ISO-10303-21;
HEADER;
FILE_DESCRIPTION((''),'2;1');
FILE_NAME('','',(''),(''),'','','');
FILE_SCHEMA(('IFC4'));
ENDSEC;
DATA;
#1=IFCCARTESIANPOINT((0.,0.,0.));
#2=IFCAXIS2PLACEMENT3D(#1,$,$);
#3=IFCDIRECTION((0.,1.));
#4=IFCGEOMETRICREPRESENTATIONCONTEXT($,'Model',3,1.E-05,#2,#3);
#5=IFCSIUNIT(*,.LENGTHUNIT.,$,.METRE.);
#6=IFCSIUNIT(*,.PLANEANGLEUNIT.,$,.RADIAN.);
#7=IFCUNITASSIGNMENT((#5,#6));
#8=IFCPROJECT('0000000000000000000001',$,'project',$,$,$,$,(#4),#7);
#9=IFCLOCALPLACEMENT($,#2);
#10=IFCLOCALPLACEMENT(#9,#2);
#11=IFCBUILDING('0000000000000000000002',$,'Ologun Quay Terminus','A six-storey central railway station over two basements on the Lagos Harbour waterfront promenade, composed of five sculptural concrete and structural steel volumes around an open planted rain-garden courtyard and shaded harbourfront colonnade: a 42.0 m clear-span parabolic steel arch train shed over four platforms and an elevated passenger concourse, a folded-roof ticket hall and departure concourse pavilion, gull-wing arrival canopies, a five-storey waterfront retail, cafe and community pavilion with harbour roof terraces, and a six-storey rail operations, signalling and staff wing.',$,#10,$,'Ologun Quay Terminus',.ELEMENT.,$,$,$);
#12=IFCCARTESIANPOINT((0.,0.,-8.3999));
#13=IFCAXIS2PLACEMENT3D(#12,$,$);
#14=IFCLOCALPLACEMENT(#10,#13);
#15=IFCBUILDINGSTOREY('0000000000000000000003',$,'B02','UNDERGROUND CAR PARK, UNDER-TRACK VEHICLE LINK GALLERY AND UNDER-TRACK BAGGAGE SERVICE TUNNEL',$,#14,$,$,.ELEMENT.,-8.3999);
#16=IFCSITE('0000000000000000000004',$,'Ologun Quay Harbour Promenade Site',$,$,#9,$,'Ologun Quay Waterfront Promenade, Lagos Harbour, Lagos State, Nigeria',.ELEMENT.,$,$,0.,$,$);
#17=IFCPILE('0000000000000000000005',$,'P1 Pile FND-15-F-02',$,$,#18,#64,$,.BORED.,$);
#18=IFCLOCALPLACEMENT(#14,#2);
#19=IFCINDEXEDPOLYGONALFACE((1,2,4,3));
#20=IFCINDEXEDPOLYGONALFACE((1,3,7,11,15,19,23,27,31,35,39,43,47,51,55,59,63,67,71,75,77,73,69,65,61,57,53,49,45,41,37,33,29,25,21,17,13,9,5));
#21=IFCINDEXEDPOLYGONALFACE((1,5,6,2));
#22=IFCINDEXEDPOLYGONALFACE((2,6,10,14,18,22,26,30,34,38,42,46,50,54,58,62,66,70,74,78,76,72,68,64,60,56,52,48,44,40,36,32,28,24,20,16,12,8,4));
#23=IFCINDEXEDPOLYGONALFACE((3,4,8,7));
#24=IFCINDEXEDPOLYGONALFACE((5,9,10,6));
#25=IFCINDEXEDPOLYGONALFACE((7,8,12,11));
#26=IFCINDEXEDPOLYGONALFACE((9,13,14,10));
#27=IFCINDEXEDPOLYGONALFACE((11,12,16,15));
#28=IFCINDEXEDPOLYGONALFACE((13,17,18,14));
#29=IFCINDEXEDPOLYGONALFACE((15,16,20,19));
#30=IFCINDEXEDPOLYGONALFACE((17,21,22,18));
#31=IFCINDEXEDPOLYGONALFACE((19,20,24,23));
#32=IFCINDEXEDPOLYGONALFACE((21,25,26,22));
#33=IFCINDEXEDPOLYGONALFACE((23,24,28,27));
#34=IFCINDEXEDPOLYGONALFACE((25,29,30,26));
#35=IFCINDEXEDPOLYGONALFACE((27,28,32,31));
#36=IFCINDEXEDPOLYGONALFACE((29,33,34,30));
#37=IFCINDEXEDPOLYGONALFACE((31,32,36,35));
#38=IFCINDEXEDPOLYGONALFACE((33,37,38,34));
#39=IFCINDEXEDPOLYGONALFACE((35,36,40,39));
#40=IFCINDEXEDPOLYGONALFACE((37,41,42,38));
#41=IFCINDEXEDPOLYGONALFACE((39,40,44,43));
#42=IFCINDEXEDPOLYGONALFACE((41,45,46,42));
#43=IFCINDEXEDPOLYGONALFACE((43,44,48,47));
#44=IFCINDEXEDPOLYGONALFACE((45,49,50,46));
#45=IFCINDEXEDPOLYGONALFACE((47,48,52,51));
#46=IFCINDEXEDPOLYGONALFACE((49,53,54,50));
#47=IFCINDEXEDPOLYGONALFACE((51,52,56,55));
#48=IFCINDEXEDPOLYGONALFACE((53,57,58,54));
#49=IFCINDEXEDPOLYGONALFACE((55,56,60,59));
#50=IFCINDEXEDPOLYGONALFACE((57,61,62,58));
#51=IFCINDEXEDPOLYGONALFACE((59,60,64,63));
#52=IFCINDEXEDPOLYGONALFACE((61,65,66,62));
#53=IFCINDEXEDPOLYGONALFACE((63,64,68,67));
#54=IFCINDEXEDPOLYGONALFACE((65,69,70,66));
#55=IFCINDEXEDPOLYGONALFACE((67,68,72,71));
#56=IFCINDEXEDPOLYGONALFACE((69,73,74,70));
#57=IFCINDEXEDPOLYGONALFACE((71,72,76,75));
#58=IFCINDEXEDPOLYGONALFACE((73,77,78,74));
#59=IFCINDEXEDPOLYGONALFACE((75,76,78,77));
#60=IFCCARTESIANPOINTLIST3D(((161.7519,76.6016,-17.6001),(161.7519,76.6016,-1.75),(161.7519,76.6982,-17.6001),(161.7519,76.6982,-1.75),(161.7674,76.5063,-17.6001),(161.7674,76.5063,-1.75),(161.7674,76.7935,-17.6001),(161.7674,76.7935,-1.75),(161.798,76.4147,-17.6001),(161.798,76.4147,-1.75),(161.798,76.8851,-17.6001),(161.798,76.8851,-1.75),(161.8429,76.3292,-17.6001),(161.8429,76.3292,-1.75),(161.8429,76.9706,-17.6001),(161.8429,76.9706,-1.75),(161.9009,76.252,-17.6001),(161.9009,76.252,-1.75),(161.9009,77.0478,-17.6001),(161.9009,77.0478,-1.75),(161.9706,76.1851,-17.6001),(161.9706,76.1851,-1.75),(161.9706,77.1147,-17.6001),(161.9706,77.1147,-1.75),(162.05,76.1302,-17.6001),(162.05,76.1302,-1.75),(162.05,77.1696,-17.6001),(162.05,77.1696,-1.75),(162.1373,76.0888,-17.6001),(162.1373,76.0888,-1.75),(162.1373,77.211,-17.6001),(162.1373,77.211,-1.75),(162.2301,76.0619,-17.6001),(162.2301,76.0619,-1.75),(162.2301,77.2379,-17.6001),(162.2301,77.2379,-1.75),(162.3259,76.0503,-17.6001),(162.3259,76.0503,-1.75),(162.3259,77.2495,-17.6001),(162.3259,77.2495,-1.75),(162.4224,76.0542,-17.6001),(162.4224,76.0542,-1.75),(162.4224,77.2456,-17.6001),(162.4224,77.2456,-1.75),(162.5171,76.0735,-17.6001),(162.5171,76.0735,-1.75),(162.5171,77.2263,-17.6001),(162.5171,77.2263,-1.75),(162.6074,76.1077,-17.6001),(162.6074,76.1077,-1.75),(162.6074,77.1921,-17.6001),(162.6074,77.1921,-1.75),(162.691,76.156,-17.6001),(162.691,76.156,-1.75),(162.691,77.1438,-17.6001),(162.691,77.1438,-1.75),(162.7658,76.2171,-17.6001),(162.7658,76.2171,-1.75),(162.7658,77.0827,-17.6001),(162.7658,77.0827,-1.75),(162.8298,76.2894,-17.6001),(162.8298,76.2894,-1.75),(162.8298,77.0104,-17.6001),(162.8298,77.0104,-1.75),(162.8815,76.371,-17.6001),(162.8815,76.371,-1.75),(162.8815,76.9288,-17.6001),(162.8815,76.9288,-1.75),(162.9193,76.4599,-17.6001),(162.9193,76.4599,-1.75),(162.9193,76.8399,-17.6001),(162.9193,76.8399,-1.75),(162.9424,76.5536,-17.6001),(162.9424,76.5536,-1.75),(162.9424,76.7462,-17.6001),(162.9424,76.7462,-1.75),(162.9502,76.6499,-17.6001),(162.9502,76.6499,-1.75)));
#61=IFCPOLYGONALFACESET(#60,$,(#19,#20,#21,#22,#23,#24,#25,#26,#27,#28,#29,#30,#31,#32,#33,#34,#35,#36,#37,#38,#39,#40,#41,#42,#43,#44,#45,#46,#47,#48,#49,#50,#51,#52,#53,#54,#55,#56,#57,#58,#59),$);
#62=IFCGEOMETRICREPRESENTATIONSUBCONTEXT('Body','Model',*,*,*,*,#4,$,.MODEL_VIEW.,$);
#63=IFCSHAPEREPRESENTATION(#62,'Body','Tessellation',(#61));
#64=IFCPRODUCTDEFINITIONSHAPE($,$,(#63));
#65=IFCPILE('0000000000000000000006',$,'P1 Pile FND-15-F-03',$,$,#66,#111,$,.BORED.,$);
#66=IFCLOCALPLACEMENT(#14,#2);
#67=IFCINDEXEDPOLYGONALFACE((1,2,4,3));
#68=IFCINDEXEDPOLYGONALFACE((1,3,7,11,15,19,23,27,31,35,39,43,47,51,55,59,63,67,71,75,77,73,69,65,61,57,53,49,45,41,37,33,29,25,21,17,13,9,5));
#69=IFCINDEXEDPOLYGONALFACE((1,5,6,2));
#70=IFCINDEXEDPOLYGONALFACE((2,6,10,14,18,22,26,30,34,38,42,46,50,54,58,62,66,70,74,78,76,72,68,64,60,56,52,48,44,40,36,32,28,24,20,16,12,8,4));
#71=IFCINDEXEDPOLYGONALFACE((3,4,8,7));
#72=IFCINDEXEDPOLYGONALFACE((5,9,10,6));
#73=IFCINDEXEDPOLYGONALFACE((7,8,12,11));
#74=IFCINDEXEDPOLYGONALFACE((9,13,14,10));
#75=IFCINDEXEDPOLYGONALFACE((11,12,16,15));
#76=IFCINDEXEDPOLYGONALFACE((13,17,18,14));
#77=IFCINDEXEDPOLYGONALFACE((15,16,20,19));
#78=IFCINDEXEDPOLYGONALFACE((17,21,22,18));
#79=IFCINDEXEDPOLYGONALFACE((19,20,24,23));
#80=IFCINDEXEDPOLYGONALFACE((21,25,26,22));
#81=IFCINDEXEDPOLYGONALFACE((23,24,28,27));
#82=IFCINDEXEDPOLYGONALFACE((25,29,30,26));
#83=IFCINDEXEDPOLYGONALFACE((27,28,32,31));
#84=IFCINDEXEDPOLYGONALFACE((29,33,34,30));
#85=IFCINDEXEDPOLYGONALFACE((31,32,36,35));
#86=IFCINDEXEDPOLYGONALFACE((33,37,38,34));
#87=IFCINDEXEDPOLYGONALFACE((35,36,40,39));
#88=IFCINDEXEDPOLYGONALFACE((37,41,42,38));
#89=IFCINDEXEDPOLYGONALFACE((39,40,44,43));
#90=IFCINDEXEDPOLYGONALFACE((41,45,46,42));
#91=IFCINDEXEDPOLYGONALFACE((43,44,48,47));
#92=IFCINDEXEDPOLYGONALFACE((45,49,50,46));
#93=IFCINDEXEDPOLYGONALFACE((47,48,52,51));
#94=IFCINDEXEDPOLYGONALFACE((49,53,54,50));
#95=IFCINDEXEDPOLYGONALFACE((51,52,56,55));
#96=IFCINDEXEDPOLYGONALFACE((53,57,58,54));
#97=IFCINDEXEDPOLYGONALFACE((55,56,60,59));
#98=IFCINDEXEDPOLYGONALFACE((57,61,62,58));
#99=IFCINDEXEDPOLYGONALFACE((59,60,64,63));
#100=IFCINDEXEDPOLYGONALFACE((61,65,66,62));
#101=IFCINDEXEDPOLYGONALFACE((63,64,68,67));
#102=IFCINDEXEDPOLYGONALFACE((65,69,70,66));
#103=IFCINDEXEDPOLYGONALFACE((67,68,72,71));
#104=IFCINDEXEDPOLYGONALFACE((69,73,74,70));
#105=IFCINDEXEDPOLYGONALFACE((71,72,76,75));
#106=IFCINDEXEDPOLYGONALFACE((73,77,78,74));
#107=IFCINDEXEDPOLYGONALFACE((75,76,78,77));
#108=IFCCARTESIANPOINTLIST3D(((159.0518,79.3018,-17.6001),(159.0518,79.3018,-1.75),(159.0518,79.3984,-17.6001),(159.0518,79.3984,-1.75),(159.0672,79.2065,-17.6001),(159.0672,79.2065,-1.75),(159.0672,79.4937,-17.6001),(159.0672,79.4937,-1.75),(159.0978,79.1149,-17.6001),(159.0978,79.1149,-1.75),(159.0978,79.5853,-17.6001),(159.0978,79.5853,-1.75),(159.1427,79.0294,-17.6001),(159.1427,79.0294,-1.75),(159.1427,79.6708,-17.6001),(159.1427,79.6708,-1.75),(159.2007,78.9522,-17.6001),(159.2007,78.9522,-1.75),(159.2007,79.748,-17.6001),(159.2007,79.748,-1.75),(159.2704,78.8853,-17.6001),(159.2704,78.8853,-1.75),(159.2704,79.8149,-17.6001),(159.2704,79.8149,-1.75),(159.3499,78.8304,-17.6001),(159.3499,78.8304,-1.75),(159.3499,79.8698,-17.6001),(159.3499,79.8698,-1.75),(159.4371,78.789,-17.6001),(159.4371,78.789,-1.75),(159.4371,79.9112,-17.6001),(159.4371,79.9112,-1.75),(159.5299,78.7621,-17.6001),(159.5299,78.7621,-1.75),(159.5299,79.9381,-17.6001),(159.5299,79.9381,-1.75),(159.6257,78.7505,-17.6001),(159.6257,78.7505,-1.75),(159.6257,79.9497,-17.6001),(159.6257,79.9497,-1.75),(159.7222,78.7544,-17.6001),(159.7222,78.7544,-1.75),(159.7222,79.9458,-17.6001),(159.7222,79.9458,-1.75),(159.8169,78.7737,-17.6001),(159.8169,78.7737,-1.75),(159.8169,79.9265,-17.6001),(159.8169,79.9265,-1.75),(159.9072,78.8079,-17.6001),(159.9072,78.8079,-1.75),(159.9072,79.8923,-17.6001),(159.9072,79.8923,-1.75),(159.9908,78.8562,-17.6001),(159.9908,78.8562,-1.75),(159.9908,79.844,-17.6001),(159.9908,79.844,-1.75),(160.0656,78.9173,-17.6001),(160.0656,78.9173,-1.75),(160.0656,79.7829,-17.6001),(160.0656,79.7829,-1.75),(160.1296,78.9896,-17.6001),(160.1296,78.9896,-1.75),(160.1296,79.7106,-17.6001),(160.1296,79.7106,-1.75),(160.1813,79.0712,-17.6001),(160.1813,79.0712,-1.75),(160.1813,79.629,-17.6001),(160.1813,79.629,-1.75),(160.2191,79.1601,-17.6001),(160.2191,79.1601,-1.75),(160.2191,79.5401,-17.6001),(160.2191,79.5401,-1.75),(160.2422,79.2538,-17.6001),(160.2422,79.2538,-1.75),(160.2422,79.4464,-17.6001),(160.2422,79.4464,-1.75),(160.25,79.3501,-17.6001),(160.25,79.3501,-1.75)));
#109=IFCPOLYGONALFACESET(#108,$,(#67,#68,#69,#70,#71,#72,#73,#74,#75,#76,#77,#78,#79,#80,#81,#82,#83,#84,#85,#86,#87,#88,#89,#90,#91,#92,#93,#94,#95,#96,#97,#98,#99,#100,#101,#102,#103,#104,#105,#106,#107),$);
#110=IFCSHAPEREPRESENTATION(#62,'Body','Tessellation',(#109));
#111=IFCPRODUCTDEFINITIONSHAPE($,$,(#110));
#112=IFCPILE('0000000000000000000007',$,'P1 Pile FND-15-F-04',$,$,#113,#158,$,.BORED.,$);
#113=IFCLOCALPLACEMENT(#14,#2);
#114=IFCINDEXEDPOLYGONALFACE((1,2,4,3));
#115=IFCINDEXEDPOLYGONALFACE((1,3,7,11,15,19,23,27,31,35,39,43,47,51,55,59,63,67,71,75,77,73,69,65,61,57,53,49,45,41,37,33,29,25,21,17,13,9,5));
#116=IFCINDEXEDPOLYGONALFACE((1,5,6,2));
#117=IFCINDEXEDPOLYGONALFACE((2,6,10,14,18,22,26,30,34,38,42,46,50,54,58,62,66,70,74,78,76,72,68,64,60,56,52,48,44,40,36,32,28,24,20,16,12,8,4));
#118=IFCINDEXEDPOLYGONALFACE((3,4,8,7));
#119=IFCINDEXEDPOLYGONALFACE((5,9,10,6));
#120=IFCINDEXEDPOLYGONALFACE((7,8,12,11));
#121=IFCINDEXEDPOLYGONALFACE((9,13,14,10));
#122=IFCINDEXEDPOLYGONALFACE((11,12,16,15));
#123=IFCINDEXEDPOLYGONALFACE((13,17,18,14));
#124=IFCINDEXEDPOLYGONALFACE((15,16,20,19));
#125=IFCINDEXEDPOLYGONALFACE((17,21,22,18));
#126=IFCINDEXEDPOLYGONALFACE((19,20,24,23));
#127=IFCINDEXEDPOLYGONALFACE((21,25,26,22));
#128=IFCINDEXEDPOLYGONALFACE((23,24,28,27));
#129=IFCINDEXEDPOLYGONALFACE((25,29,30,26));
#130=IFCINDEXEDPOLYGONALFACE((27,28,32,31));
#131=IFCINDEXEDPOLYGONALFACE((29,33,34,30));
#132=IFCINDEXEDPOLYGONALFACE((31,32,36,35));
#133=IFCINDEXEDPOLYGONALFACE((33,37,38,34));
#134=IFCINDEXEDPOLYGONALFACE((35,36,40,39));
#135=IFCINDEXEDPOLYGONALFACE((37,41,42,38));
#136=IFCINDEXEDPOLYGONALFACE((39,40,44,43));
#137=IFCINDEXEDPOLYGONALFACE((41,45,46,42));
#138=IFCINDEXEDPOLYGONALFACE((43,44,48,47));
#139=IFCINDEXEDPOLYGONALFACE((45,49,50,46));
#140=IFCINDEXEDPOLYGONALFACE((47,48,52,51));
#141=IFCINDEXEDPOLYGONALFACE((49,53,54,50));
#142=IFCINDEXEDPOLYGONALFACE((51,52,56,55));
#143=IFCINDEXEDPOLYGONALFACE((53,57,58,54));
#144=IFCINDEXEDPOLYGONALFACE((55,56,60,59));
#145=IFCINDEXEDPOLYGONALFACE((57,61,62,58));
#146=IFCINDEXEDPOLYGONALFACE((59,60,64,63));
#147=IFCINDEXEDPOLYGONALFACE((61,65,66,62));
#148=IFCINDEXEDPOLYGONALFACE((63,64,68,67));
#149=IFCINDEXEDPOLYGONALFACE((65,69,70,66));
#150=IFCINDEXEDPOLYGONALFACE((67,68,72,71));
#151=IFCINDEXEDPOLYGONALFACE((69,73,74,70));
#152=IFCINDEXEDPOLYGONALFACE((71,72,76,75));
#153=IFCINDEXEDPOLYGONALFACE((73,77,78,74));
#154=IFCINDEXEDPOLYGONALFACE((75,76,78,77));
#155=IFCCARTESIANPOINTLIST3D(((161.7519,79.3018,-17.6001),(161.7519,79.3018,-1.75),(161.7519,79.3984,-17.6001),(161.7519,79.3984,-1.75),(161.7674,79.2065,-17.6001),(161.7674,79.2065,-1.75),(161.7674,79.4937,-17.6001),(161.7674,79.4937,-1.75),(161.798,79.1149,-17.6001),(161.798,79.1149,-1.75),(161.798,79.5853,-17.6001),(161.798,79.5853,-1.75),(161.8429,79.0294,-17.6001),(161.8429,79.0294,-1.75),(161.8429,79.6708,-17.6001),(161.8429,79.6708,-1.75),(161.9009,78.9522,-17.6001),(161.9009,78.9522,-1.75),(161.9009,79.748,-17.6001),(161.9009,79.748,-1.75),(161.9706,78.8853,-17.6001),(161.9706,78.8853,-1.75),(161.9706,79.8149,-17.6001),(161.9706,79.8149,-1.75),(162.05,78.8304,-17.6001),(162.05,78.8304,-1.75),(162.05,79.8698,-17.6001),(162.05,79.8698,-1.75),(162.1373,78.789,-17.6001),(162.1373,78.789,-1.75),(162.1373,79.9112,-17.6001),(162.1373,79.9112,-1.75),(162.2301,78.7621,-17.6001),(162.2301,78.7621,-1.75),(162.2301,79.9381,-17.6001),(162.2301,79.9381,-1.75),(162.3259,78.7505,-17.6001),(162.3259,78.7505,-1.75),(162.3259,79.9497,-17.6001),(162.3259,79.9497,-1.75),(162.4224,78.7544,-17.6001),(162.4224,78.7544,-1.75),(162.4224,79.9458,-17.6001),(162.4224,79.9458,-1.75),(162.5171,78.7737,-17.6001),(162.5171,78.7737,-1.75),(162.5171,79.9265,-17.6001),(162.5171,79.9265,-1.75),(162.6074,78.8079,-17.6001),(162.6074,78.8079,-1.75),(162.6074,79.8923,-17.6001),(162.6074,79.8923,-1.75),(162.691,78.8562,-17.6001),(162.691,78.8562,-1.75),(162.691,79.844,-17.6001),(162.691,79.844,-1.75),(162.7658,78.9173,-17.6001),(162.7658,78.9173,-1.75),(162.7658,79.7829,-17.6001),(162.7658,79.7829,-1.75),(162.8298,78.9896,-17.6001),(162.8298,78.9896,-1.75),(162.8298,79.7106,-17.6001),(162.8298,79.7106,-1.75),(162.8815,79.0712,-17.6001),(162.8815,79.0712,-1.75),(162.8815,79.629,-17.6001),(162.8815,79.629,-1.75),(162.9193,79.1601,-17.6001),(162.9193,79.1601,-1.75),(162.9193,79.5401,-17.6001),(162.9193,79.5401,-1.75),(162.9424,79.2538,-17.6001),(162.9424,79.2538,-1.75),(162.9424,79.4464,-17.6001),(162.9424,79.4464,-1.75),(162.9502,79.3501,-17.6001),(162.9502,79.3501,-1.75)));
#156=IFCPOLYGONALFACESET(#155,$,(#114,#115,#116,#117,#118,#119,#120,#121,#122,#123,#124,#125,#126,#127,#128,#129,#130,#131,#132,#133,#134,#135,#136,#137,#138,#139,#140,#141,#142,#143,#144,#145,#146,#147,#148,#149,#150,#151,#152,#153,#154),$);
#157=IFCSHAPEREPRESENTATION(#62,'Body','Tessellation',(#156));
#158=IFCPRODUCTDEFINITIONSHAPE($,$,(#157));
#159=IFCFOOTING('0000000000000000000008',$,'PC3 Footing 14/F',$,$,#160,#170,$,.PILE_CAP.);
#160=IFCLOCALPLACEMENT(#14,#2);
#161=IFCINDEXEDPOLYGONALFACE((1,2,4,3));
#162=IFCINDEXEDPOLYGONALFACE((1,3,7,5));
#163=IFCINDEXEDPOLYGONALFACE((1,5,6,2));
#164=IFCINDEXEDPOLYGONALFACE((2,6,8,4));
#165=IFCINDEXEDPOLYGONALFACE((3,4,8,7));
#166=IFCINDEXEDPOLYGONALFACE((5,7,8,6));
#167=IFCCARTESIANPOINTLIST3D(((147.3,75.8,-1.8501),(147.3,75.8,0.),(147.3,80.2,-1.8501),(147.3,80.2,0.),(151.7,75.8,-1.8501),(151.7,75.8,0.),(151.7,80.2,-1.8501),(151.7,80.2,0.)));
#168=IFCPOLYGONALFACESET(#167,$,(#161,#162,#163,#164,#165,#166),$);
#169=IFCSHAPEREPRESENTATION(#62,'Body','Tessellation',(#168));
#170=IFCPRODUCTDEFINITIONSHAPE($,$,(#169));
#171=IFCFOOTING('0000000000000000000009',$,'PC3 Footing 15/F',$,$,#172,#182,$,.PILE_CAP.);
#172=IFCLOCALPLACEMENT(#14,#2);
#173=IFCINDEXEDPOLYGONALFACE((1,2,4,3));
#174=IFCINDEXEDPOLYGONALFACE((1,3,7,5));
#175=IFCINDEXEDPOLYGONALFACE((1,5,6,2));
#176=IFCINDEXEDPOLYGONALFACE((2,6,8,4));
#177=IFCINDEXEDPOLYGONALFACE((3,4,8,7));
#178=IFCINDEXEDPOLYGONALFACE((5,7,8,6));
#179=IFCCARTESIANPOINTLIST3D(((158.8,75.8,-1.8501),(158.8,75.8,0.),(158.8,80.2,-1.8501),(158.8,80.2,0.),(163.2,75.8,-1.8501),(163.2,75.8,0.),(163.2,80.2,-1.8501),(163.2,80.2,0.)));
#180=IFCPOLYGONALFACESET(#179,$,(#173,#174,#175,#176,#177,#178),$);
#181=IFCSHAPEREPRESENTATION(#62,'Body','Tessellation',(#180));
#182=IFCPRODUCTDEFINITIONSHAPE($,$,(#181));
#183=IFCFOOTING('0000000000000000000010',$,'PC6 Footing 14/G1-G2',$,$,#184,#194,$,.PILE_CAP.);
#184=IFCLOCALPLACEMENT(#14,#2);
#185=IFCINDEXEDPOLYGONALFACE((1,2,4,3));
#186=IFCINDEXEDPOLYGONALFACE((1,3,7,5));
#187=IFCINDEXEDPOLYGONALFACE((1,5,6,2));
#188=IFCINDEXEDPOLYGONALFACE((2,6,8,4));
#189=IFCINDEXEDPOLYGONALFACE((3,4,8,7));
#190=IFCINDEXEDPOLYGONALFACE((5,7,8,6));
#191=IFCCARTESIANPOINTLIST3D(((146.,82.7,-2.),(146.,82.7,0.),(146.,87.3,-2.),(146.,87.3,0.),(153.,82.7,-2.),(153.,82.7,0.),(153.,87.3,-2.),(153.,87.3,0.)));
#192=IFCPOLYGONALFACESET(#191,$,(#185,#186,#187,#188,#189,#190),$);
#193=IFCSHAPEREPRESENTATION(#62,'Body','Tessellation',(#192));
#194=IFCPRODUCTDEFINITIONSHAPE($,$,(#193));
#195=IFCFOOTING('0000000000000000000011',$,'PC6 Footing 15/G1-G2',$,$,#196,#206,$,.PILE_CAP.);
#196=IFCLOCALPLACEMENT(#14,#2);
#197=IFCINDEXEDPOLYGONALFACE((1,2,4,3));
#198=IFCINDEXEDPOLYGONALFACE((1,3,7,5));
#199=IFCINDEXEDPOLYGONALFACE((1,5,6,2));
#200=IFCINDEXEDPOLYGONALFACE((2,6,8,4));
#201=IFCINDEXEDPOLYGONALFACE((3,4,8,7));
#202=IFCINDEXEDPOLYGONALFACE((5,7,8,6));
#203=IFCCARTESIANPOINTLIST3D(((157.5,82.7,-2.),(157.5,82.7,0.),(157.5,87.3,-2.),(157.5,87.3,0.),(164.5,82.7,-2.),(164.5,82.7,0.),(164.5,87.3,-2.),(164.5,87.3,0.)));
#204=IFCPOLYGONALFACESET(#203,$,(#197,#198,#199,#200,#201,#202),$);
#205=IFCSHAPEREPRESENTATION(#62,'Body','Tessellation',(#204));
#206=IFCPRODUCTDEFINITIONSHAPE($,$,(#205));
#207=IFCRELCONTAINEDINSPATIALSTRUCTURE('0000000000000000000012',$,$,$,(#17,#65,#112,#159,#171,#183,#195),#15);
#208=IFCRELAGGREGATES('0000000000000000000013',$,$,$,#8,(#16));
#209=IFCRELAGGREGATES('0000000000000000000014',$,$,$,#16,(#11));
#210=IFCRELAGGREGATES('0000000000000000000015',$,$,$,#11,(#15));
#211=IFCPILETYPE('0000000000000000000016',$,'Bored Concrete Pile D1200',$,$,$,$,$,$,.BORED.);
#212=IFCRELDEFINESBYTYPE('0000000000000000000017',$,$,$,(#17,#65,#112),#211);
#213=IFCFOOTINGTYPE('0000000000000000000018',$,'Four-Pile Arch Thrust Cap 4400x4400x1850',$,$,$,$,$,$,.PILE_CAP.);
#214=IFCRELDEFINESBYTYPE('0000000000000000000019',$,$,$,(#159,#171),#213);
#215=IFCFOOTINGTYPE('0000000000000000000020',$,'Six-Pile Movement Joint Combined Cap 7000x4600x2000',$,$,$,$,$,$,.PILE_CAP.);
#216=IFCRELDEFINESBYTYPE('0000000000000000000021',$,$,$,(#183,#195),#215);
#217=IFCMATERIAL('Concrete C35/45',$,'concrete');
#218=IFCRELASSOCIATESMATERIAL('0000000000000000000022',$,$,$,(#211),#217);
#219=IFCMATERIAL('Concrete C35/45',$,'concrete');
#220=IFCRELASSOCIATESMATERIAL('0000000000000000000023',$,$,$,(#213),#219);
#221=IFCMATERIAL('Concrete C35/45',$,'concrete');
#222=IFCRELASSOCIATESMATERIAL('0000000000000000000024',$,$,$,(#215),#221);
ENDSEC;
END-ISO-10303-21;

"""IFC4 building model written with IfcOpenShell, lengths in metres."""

from ifc_helpers import new_model, si_unit, direction, frame, origin, origin_2d, place, context, subcontext, project, spatial, rectangle, circle, extrude, material, material_profile, profile_set, type_object, element, save


model = new_model("IFC4")

# Units and contexts
model_context = context("Model", 3, precision=1e-05, world=origin(), true_north=direction((0.0, 1.0)))
body_context = subcontext(model_context, "Body", "Model", "MODEL_VIEW")
ifc_project = project(units=[si_unit("LENGTHUNIT", "METRE"), si_unit("PLANEANGLEUNIT", "RADIAN")], contexts=[model_context])

# Site, building, storey
site_placement = place(None, origin())
site = spatial("IfcSite", under=ifc_project, at=site_placement, Name="Ologun Quay Harbour Promenade Site", LongName="Ologun Quay Waterfront Promenade, Lagos Harbour, Lagos State, Nigeria", CompositionType="ELEMENT", RefElevation=0.0)
building_placement = place(site_placement, origin())
building = spatial("IfcBuilding", under=site, at=building_placement, Name="Ologun Quay Terminus", Description="A six-storey central railway station over two basements on the Lagos Harbour waterfront promenade, composed of five sculptural concrete and structural steel volumes around an open planted rain-garden courtyard and shaded harbourfront colonnade: a 42.0 m clear-span parabolic steel arch train shed over four platforms and an elevated passenger concourse, a folded-roof ticket hall and departure concourse pavilion, gull-wing arrival canopies, a five-storey waterfront retail, cafe and community pavilion with harbour roof terraces, and a six-storey rail operations, signalling and staff wing.", LongName="Ologun Quay Terminus", CompositionType="ELEMENT")
storey_placement = place(building_placement, frame((0.0, 0.0, -8.3999)))
storey = spatial("IfcBuildingStorey", under=building, at=storey_placement, Name="B02", Description="UNDERGROUND CAR PARK, UNDER-TRACK VEHICLE LINK GALLERY AND UNDER-TRACK BAGGAGE SERVICE TUNNEL", CompositionType="ELEMENT", Elevation=-8.3999)

# Piles
ifc_material_1 = material(Name="Concrete C35/45", Category="concrete")
ifc_material_profile_1 = material_profile(ifc_material_1, circle(Radius=0.6001, at=origin_2d()), Name="PILE D1200")
ifc_profile_set_1 = profile_set([ifc_material_profile_1], Name="Concrete C35/45")
pile_type_1 = type_object("IfcPileType", Name="Bored Concrete Pile D1200", PredefinedType="BORED", material=ifc_profile_set_1)
for number, where, z_axis, x_axis, name in (
    (1, (162.3501, 76.6499, -1.75), (0.0, 0.0, -1.0), (1.0, 0.0, 0.0), "P1 Pile FND-15-F-02"),
    (2, (159.6499, 79.3501, -1.75), (0.0, 0.0, -1.0), (1.0, 0.0, 0.0), "P1 Pile FND-15-F-03"),
    (3, (162.3501, 79.3501, -1.75), (0.0, 0.0, -1.0), (1.0, 0.0, 0.0), "P1 Pile FND-15-F-04"),
):
    element("IfcPile", number, at=place(storey_placement, frame(where, z_axis=z_axis, x_axis=x_axis)), inside=storey, type_object=pile_type_1, Name=name, PredefinedType="BORED", context=body_context, shape_type="SweptSolid", body=[
        extrude(circle(Radius=0.6001, at=origin_2d()), origin(), (0.0, 0.0, 1.0), 15.8501),
    ])

# Footings
ifc_material_2 = material(Name="Concrete C35/45", Category="concrete")
footing_type_1 = type_object("IfcFootingType", Name="Four-Pile Arch Thrust Cap 4400x4400x1850", PredefinedType="PILE_CAP", material=ifc_material_2)
for number, where, z_axis, x_axis, name in (
    (4, (149.5, 78.0, -1.8501), (0.0, 0.0, 1.0), (1.0, 0.0, 0.0), "PC3 Footing 14/F"),
    (5, (161.0, 78.0, -1.8501), (0.0, 0.0, 1.0), (1.0, 0.0, 0.0), "PC3 Footing 15/F"),
):
    element("IfcFooting", number, at=place(storey_placement, frame(where, z_axis=z_axis, x_axis=x_axis)), inside=storey, type_object=footing_type_1, Name=name, PredefinedType="PILE_CAP", context=body_context, shape_type="SweptSolid", body=[
        extrude(rectangle(XDim=4.3999, YDim=4.3999, at=origin_2d()), origin(), (0.0, 0.0, 1.0), 1.8501),
    ])
ifc_material_3 = material(Name="Concrete C35/45", Category="concrete")
footing_type_2 = type_object("IfcFootingType", Name="Six-Pile Movement Joint Combined Cap 7000x4600x2000", PredefinedType="PILE_CAP", material=ifc_material_3)
for number, where, z_axis, x_axis, name in (
    (6, (149.5, 85.0, -2.0), (0.0, 0.0, 1.0), (1.0, 0.0, 0.0), "PC6 Footing 14/G1-G2"),
    (7, (161.0, 85.0, -2.0), (0.0, 0.0, 1.0), (1.0, 0.0, 0.0), "PC6 Footing 15/G1-G2"),
):
    element("IfcFooting", number, at=place(storey_placement, frame(where, z_axis=z_axis, x_axis=x_axis)), inside=storey, type_object=footing_type_2, Name=name, PredefinedType="PILE_CAP", context=body_context, shape_type="SweptSolid", body=[
        extrude(rectangle(XDim=7.0, YDim=4.6001, at=origin_2d()), origin(), (0.0, 0.0, 1.0), 2.0),
    ])

save(model, "model.ifc")
